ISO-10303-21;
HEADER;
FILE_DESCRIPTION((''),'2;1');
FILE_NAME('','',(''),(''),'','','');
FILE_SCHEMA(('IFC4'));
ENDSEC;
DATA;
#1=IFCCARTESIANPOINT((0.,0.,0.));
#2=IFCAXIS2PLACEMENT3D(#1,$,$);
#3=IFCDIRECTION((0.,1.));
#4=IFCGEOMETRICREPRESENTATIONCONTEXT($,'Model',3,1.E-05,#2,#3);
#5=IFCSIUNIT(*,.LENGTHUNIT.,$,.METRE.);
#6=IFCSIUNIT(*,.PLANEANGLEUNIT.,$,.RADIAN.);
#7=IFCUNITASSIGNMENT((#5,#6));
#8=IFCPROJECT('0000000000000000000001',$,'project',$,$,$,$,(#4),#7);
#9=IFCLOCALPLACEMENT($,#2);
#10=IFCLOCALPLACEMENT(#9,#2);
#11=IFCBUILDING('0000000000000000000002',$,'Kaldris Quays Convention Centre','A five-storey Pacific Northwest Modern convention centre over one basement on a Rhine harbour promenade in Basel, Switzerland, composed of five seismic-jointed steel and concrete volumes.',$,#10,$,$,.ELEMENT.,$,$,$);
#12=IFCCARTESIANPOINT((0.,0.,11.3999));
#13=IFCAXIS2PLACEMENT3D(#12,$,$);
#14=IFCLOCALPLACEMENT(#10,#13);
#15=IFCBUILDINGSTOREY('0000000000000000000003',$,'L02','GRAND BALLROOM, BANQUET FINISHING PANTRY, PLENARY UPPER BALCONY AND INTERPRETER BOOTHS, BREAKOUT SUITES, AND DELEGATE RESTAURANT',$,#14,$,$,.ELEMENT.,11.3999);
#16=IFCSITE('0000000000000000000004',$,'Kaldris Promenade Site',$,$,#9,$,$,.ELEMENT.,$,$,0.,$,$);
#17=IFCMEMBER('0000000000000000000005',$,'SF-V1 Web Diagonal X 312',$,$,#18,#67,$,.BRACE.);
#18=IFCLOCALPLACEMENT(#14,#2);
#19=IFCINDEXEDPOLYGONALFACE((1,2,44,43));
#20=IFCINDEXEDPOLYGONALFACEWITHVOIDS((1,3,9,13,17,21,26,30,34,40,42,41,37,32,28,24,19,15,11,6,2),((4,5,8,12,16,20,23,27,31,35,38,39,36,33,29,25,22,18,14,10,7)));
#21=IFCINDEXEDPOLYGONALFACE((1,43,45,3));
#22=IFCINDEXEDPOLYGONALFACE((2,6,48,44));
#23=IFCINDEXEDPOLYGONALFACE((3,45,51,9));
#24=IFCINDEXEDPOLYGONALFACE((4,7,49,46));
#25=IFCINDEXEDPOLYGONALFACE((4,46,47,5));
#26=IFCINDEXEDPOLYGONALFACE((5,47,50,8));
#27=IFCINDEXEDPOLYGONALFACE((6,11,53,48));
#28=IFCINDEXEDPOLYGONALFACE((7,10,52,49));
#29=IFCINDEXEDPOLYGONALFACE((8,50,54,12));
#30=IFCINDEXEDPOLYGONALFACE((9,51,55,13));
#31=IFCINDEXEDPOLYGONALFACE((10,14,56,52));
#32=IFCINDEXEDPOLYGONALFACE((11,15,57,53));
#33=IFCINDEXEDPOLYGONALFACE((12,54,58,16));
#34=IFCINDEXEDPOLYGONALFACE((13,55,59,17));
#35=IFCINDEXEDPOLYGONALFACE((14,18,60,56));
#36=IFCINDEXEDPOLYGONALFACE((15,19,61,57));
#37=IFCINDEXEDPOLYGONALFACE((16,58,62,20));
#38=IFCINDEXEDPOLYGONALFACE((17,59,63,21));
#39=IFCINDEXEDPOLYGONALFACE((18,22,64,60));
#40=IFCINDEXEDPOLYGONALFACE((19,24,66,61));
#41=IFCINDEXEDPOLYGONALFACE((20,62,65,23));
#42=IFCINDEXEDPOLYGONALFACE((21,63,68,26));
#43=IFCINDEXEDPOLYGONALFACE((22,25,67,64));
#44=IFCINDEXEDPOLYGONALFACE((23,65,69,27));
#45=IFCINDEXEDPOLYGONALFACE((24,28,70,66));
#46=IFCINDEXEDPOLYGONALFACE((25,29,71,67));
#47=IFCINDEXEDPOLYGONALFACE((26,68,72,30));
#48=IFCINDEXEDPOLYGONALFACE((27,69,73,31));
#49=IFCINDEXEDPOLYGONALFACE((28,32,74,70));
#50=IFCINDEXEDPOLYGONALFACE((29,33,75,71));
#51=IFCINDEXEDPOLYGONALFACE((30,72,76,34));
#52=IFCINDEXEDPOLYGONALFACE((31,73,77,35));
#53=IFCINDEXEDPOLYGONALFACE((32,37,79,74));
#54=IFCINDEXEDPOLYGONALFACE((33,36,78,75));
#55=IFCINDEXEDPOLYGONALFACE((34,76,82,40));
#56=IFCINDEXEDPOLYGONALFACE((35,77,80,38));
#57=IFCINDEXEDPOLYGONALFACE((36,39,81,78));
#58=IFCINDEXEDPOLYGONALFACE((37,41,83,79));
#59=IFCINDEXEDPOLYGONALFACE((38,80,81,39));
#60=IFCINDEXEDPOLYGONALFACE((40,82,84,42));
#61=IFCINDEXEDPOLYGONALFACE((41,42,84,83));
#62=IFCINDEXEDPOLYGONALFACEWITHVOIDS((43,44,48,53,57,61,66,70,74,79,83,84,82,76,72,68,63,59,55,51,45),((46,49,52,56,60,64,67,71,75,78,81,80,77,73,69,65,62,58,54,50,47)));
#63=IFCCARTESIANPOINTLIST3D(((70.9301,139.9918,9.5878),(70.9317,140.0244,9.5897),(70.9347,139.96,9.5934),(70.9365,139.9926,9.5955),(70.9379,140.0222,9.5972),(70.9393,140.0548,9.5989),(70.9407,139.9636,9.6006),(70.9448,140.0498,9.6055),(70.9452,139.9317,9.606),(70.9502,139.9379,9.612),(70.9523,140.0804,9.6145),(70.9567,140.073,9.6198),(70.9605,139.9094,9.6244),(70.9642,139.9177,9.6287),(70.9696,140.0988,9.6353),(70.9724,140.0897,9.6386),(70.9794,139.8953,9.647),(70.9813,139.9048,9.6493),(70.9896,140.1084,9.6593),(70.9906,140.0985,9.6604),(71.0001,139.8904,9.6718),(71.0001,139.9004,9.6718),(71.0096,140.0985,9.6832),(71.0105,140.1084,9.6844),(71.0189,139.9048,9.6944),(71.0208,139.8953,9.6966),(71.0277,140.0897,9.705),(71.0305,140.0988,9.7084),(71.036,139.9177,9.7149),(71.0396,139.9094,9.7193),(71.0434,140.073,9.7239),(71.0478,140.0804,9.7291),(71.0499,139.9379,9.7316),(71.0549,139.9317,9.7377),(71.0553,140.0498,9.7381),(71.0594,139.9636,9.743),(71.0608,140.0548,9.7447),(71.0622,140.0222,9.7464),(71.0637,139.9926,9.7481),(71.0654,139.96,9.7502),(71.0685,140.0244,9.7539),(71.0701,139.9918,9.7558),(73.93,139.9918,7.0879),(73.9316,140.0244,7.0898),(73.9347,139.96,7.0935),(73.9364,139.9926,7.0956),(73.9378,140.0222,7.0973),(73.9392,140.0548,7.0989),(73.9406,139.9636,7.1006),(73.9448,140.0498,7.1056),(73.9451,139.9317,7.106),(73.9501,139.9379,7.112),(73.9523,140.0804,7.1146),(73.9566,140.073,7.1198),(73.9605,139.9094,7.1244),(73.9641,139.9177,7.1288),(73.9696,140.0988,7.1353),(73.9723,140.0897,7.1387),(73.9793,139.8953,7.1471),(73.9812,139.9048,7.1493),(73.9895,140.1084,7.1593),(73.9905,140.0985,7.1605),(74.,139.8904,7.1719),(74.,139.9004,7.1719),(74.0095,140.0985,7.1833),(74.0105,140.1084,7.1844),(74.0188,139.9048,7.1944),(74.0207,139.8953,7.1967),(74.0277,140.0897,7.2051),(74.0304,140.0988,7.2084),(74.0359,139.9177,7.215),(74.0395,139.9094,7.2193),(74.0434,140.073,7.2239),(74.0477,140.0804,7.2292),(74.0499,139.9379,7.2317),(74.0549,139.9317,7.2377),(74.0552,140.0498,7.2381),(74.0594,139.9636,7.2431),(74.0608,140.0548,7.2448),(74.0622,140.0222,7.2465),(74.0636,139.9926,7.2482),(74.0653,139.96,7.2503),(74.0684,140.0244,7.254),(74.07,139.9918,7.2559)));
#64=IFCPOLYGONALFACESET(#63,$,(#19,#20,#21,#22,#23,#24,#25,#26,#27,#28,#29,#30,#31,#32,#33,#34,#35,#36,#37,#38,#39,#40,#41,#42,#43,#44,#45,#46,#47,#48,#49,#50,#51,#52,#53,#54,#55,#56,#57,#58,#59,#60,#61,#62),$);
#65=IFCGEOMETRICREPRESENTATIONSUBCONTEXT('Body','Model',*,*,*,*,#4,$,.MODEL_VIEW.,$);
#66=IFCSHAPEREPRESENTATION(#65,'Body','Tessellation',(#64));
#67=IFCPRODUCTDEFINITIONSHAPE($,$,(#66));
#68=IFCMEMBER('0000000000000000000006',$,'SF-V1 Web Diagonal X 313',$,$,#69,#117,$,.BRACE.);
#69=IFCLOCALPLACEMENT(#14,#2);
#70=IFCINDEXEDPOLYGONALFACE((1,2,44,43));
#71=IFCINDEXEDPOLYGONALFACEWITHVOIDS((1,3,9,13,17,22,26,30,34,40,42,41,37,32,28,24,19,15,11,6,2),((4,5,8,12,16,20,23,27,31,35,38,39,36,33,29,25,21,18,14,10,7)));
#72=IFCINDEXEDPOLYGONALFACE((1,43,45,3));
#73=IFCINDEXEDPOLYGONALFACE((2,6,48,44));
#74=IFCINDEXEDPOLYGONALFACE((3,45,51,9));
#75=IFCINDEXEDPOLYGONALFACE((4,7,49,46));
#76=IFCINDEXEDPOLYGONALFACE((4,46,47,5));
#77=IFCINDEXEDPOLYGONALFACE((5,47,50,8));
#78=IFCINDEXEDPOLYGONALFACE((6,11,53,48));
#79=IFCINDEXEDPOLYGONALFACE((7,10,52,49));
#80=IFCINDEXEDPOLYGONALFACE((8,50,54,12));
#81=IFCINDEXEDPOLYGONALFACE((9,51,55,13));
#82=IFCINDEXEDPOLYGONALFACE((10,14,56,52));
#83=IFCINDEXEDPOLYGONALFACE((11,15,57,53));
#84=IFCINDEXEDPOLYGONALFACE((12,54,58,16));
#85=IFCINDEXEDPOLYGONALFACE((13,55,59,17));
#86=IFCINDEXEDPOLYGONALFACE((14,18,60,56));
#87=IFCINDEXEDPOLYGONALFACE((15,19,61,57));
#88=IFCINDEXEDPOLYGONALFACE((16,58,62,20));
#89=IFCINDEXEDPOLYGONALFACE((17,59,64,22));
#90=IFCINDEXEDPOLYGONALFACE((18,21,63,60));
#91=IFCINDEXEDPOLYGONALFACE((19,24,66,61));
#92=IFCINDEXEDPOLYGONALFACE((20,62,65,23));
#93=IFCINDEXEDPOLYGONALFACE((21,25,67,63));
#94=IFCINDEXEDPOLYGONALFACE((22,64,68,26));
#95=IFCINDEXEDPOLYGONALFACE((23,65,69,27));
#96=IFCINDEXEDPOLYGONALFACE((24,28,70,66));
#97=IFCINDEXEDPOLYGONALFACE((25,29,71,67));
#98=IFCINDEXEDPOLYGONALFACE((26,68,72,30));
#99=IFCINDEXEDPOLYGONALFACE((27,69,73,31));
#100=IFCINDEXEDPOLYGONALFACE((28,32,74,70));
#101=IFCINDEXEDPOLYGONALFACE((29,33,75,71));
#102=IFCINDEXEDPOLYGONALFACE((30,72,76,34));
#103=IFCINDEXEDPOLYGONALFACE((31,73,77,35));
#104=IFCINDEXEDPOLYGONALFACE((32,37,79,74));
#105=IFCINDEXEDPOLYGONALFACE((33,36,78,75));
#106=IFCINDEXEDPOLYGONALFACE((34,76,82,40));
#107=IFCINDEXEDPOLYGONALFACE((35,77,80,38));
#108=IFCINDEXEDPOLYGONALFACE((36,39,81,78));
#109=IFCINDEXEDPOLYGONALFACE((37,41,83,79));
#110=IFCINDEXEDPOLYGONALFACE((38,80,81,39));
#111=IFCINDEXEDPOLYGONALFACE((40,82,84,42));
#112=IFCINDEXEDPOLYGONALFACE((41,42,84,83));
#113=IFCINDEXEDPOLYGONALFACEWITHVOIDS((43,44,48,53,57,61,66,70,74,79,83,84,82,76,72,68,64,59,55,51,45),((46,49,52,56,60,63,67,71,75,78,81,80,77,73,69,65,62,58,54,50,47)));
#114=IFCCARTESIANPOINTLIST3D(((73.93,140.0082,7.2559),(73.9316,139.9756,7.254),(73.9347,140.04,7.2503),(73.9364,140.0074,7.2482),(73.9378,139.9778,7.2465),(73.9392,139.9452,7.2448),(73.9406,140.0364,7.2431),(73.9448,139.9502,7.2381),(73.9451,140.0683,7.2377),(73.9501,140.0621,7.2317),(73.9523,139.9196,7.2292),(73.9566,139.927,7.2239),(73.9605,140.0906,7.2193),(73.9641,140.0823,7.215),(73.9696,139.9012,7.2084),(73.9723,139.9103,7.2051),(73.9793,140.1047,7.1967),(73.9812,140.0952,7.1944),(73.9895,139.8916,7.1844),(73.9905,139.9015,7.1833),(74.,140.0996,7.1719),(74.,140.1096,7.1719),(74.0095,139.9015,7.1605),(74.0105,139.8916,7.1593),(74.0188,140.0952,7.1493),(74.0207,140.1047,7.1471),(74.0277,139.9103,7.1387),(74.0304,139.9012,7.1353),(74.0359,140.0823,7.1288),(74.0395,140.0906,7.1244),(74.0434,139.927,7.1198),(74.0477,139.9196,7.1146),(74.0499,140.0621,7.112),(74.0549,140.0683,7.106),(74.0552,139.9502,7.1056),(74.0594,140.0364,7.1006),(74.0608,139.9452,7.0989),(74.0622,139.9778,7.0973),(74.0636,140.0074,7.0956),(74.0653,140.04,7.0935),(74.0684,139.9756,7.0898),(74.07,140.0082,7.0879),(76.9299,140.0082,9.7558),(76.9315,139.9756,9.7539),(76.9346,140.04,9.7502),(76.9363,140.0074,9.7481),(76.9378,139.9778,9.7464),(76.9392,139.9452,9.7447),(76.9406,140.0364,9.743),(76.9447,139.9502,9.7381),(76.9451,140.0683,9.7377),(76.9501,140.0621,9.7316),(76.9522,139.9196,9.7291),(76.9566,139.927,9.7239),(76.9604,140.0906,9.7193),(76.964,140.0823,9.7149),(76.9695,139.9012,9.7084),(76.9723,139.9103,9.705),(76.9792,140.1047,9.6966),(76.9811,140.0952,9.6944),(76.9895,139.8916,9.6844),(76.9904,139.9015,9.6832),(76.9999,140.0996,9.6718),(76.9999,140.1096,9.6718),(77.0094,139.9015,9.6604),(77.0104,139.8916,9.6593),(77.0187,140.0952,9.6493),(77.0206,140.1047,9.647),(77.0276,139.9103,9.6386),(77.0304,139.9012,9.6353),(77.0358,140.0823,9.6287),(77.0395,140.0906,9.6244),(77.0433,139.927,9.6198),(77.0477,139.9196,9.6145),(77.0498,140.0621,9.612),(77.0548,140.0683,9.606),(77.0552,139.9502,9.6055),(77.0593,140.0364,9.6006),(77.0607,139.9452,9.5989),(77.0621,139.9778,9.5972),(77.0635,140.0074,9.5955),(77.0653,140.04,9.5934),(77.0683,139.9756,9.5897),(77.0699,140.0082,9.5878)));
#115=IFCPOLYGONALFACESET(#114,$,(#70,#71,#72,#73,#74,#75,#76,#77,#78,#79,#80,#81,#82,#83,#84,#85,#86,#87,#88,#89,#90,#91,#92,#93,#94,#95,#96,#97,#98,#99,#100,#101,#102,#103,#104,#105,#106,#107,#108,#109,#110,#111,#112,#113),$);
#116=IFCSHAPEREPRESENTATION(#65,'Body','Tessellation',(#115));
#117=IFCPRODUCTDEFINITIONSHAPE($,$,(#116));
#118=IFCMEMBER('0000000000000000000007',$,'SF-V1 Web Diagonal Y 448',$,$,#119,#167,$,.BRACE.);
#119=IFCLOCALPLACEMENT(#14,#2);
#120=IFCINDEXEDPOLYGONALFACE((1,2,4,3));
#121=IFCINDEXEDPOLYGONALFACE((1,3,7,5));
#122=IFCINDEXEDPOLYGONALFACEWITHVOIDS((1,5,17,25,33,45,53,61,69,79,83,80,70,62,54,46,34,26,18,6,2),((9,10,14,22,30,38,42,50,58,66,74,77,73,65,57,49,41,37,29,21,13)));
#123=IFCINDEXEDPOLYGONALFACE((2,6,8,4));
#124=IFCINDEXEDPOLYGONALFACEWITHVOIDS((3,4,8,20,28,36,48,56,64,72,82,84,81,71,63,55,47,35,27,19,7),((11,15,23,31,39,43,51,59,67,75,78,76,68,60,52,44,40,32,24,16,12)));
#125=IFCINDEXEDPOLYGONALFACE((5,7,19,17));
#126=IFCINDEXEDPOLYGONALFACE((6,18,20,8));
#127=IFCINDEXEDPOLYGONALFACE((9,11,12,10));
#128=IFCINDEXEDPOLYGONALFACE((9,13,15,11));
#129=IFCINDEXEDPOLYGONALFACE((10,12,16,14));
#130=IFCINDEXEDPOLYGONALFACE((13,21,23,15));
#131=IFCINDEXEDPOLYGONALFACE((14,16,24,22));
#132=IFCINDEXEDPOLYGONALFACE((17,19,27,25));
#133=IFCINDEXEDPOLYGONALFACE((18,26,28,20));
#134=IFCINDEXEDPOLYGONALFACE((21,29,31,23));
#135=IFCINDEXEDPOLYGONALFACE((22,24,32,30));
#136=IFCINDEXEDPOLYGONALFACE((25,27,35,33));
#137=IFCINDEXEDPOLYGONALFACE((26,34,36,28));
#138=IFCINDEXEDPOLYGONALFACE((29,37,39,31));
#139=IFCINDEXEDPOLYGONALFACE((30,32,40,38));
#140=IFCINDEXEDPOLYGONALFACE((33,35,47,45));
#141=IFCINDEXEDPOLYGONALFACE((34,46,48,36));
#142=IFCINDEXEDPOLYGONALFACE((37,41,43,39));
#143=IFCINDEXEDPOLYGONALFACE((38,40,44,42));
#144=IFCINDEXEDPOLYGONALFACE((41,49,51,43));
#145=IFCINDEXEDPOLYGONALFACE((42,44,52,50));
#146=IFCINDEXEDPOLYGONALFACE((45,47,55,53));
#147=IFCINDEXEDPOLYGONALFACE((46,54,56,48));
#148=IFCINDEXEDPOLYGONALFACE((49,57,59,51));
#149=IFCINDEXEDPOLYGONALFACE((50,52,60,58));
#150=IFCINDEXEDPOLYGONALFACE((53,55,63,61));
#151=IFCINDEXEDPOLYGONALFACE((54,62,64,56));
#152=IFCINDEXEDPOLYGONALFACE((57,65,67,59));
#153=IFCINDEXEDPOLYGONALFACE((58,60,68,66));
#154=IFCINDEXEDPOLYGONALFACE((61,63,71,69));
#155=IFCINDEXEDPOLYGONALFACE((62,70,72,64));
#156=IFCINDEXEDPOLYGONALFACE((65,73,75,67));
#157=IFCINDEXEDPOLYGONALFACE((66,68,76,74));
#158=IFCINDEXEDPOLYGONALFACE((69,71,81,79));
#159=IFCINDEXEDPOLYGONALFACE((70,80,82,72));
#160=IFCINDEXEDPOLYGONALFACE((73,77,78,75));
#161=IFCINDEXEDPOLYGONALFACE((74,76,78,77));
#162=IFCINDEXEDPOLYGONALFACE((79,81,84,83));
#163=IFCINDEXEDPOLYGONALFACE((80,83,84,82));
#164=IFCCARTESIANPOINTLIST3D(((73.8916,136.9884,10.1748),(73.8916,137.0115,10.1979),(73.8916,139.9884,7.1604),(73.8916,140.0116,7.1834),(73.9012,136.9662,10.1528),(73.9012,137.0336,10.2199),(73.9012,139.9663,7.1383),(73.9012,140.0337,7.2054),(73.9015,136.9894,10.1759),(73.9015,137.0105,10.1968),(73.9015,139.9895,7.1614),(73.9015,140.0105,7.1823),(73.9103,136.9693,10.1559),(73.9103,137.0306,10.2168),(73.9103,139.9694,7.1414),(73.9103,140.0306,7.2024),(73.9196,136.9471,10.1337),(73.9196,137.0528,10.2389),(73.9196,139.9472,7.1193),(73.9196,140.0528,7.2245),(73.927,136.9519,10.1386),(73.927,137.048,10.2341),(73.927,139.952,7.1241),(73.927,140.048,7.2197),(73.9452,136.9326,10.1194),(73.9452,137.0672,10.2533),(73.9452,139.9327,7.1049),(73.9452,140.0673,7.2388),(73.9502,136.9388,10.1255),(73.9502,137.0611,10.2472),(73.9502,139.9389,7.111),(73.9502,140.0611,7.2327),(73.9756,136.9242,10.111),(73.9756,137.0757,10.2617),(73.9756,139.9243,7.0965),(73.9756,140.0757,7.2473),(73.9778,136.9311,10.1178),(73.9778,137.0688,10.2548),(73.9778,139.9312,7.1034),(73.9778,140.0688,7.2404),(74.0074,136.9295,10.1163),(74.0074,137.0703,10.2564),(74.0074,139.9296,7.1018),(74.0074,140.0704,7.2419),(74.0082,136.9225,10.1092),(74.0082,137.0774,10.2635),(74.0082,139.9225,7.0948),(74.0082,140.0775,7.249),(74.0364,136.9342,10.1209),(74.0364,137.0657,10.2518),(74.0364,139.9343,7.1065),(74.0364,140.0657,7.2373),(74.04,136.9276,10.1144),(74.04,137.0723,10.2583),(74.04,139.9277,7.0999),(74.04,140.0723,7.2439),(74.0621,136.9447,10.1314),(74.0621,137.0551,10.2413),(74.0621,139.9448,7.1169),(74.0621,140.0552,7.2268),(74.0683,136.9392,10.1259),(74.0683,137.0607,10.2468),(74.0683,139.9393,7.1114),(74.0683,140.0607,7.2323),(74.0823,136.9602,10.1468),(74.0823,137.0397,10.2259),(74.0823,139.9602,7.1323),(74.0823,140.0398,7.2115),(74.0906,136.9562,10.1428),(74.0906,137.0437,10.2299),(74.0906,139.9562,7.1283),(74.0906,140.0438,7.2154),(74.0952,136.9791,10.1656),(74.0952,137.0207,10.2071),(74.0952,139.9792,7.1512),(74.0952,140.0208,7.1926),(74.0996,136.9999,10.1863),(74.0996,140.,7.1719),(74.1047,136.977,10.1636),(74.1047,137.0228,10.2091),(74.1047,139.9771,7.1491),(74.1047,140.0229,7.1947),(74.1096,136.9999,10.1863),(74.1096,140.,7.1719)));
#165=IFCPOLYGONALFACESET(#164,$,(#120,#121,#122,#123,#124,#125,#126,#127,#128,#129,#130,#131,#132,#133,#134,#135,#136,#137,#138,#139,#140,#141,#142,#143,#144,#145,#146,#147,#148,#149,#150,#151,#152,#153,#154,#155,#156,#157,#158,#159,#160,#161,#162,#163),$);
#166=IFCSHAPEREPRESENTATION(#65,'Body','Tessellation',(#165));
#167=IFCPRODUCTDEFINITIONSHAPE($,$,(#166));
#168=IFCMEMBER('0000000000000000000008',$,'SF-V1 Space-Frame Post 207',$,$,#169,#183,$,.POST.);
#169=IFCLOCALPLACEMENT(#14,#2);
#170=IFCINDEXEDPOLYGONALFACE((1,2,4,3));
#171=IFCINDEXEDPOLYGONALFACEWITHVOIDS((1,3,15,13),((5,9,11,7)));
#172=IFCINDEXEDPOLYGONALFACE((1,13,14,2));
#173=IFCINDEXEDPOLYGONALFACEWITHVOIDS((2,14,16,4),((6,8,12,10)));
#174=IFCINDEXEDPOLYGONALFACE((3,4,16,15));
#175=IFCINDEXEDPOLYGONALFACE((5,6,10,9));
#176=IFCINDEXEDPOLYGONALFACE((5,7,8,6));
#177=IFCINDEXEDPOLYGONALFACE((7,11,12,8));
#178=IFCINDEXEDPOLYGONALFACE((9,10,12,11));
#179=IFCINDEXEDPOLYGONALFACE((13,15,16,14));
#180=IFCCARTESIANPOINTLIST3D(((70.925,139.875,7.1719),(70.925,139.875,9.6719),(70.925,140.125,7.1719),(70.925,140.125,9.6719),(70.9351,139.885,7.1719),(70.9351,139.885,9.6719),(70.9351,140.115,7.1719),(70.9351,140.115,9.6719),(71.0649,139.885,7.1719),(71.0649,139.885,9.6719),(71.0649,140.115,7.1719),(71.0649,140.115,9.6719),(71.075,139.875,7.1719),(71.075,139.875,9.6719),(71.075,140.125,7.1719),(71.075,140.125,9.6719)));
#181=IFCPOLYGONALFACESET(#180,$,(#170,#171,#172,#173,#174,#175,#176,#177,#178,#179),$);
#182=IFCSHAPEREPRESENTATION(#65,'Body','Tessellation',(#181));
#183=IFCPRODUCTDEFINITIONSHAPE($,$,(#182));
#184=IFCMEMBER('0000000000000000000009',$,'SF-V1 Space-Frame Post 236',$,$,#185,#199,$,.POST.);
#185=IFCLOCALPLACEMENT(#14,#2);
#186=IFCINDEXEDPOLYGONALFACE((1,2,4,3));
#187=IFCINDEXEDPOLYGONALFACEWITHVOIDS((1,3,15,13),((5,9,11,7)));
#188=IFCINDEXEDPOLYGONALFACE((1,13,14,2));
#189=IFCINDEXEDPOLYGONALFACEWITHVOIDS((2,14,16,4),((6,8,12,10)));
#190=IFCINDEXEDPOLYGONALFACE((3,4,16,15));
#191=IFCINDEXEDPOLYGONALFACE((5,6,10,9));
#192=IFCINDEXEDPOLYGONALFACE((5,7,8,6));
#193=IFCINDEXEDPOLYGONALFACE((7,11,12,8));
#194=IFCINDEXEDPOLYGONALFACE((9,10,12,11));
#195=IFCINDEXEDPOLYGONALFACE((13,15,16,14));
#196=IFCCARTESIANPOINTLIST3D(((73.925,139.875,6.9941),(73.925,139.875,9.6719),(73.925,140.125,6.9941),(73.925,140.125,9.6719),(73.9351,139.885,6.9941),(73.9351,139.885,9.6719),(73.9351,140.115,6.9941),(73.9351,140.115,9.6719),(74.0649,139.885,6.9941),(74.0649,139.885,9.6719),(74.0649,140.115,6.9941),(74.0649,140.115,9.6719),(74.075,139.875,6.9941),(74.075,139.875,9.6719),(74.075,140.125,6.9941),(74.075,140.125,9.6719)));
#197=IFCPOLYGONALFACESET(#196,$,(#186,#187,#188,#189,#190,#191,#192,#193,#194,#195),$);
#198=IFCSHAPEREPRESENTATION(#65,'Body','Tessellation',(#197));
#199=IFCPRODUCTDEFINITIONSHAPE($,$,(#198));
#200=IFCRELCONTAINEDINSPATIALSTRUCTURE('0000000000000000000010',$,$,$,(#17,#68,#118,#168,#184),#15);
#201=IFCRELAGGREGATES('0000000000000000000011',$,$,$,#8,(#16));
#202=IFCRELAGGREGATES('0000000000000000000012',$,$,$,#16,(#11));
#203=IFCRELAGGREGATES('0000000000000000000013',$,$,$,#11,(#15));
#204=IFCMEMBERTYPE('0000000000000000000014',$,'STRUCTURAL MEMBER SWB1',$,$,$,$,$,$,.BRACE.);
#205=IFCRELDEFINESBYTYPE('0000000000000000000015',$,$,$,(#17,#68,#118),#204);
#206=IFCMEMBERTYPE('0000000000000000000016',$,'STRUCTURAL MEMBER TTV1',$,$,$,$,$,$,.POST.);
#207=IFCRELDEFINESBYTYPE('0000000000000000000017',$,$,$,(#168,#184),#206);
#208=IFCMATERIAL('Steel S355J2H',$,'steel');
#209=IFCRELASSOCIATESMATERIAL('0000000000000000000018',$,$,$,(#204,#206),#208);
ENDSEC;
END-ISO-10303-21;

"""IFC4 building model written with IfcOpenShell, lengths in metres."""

from ifc_helpers import new_model, si_unit, direction, frame, origin, origin_2d, place, context, subcontext, project, spatial, hollow_rectangle, hollow_circle, extrude, material, material_profile, profile_set, type_object, element, save


model = new_model("IFC4")

# Units and contexts
model_context = context("Model", 3, precision=1e-05, world=origin(), true_north=direction((0.0, 1.0)))
body_context = subcontext(model_context, "Body", "Model", "MODEL_VIEW")
ifc_project = project(units=[si_unit("LENGTHUNIT", "METRE"), si_unit("PLANEANGLEUNIT", "RADIAN")], contexts=[model_context])

# Site, building, storey
site_placement = place(None, origin())
site = spatial("IfcSite", under=ifc_project, at=site_placement, Name="Kaldris Promenade Site", CompositionType="ELEMENT", RefElevation=0.0)
building_placement = place(site_placement, origin())
building = spatial("IfcBuilding", under=site, at=building_placement, Name="Kaldris Quays Convention Centre", Description="A five-storey Pacific Northwest Modern convention centre over one basement on a Rhine harbour promenade in Basel, Switzerland, composed of five seismic-jointed steel and concrete volumes.", CompositionType="ELEMENT")
storey_placement = place(building_placement, frame((0.0, 0.0, 11.3999)))
storey = spatial("IfcBuildingStorey", under=building, at=storey_placement, Name="L02", Description="GRAND BALLROOM, BANQUET FINISHING PANTRY, PLENARY UPPER BALCONY AND INTERPRETER BOOTHS, BREAKOUT SUITES, AND DELEGATE RESTAURANT", CompositionType="ELEMENT", Elevation=11.3999)

# Members
ifc_material_1 = material(Name="Steel S355J2H", Category="steel")
ifc_material_profile_1 = material_profile(ifc_material_1, hollow_circle(Radius=0.1096, WallThickness=0.01, at=origin_2d()), Name="CHS 219.1x10")
ifc_profile_set_1 = profile_set([ifc_material_profile_1], Name="Steel S355J2H")
member_type_1 = type_object("IfcMemberType", Name="STRUCTURAL MEMBER SWB1", PredefinedType="BRACE", material=ifc_profile_set_1)
for number, where, z_axis, x_axis, name in (
    (1, (74.0, 140.0, 7.1719), (-0.768221, 0.0, 0.640184), (0.0, -1.0, 0.0), "SF-V1 Web Diagonal X 312"),
    (2, (74.0, 140.0, 7.1719), (0.768221, 0.0, 0.640184), (0.0, 1.0, 0.0), "SF-V1 Web Diagonal X 313"),
):
    element("IfcMember", number, at=place(storey_placement, frame(where, z_axis=z_axis, x_axis=x_axis)), inside=storey, type_object=member_type_1, Name=name, PredefinedType="BRACE", context=body_context, shape_type="SweptSolid", body=[
        extrude(hollow_circle(Radius=0.1096, WallThickness=0.01, at=origin_2d()), origin(), (0.0, 0.0, 1.0), 3.905),
    ])
member_1_placement = place(storey_placement, frame((74.0, 140.0, 7.1719), z_axis=(0.0, -0.705411, 0.708798), x_axis=(1.0, 0.0, 0.0)))
element("IfcMember", 3, at=member_1_placement, inside=storey, type_object=member_type_1, Name="SF-V1 Web Diagonal Y 448", PredefinedType="BRACE", context=body_context, shape_type="SweptSolid", body=[
    extrude(hollow_circle(Radius=0.1096, WallThickness=0.01, at=origin_2d()), origin(), (0.0, 0.0, 1.0), 4.2529),
])
ifc_material_profile_2 = material_profile(ifc_material_1, hollow_rectangle(XDim=0.1499, YDim=0.25, WallThickness=0.01, at=origin_2d()), Name="RHS 250x150x10")
ifc_profile_set_2 = profile_set([ifc_material_profile_2], Name="Steel S355J2H")
member_type_2 = type_object("IfcMemberType", Name="STRUCTURAL MEMBER TTV1", PredefinedType="POST", material=ifc_profile_set_2)
member_2_placement = place(storey_placement, frame((71.0, 140.0, 7.1719), z_axis=(0.0, 0.0, 1.0), x_axis=(1.0, 0.0, 0.0)))
element("IfcMember", 4, at=member_2_placement, inside=storey, type_object=member_type_2, Name="SF-V1 Space-Frame Post 207", PredefinedType="POST", context=body_context, shape_type="SweptSolid", body=[
    extrude(hollow_rectangle(XDim=0.1499, YDim=0.25, WallThickness=0.01, at=origin_2d()), origin(), (0.0, 0.0, 1.0), 2.5),
])
member_3_placement = place(storey_placement, frame((74.0, 140.0, 6.9941), z_axis=(0.0, 0.0, 1.0), x_axis=(1.0, 0.0, 0.0)))
element("IfcMember", 5, at=member_3_placement, inside=storey, type_object=member_type_2, Name="SF-V1 Space-Frame Post 236", PredefinedType="POST", context=body_context, shape_type="SweptSolid", body=[
    extrude(hollow_rectangle(XDim=0.1499, YDim=0.25, WallThickness=0.01, at=origin_2d()), origin(), (0.0, 0.0, 1.0), 2.6777),
])

save(model, "model.ifc")
